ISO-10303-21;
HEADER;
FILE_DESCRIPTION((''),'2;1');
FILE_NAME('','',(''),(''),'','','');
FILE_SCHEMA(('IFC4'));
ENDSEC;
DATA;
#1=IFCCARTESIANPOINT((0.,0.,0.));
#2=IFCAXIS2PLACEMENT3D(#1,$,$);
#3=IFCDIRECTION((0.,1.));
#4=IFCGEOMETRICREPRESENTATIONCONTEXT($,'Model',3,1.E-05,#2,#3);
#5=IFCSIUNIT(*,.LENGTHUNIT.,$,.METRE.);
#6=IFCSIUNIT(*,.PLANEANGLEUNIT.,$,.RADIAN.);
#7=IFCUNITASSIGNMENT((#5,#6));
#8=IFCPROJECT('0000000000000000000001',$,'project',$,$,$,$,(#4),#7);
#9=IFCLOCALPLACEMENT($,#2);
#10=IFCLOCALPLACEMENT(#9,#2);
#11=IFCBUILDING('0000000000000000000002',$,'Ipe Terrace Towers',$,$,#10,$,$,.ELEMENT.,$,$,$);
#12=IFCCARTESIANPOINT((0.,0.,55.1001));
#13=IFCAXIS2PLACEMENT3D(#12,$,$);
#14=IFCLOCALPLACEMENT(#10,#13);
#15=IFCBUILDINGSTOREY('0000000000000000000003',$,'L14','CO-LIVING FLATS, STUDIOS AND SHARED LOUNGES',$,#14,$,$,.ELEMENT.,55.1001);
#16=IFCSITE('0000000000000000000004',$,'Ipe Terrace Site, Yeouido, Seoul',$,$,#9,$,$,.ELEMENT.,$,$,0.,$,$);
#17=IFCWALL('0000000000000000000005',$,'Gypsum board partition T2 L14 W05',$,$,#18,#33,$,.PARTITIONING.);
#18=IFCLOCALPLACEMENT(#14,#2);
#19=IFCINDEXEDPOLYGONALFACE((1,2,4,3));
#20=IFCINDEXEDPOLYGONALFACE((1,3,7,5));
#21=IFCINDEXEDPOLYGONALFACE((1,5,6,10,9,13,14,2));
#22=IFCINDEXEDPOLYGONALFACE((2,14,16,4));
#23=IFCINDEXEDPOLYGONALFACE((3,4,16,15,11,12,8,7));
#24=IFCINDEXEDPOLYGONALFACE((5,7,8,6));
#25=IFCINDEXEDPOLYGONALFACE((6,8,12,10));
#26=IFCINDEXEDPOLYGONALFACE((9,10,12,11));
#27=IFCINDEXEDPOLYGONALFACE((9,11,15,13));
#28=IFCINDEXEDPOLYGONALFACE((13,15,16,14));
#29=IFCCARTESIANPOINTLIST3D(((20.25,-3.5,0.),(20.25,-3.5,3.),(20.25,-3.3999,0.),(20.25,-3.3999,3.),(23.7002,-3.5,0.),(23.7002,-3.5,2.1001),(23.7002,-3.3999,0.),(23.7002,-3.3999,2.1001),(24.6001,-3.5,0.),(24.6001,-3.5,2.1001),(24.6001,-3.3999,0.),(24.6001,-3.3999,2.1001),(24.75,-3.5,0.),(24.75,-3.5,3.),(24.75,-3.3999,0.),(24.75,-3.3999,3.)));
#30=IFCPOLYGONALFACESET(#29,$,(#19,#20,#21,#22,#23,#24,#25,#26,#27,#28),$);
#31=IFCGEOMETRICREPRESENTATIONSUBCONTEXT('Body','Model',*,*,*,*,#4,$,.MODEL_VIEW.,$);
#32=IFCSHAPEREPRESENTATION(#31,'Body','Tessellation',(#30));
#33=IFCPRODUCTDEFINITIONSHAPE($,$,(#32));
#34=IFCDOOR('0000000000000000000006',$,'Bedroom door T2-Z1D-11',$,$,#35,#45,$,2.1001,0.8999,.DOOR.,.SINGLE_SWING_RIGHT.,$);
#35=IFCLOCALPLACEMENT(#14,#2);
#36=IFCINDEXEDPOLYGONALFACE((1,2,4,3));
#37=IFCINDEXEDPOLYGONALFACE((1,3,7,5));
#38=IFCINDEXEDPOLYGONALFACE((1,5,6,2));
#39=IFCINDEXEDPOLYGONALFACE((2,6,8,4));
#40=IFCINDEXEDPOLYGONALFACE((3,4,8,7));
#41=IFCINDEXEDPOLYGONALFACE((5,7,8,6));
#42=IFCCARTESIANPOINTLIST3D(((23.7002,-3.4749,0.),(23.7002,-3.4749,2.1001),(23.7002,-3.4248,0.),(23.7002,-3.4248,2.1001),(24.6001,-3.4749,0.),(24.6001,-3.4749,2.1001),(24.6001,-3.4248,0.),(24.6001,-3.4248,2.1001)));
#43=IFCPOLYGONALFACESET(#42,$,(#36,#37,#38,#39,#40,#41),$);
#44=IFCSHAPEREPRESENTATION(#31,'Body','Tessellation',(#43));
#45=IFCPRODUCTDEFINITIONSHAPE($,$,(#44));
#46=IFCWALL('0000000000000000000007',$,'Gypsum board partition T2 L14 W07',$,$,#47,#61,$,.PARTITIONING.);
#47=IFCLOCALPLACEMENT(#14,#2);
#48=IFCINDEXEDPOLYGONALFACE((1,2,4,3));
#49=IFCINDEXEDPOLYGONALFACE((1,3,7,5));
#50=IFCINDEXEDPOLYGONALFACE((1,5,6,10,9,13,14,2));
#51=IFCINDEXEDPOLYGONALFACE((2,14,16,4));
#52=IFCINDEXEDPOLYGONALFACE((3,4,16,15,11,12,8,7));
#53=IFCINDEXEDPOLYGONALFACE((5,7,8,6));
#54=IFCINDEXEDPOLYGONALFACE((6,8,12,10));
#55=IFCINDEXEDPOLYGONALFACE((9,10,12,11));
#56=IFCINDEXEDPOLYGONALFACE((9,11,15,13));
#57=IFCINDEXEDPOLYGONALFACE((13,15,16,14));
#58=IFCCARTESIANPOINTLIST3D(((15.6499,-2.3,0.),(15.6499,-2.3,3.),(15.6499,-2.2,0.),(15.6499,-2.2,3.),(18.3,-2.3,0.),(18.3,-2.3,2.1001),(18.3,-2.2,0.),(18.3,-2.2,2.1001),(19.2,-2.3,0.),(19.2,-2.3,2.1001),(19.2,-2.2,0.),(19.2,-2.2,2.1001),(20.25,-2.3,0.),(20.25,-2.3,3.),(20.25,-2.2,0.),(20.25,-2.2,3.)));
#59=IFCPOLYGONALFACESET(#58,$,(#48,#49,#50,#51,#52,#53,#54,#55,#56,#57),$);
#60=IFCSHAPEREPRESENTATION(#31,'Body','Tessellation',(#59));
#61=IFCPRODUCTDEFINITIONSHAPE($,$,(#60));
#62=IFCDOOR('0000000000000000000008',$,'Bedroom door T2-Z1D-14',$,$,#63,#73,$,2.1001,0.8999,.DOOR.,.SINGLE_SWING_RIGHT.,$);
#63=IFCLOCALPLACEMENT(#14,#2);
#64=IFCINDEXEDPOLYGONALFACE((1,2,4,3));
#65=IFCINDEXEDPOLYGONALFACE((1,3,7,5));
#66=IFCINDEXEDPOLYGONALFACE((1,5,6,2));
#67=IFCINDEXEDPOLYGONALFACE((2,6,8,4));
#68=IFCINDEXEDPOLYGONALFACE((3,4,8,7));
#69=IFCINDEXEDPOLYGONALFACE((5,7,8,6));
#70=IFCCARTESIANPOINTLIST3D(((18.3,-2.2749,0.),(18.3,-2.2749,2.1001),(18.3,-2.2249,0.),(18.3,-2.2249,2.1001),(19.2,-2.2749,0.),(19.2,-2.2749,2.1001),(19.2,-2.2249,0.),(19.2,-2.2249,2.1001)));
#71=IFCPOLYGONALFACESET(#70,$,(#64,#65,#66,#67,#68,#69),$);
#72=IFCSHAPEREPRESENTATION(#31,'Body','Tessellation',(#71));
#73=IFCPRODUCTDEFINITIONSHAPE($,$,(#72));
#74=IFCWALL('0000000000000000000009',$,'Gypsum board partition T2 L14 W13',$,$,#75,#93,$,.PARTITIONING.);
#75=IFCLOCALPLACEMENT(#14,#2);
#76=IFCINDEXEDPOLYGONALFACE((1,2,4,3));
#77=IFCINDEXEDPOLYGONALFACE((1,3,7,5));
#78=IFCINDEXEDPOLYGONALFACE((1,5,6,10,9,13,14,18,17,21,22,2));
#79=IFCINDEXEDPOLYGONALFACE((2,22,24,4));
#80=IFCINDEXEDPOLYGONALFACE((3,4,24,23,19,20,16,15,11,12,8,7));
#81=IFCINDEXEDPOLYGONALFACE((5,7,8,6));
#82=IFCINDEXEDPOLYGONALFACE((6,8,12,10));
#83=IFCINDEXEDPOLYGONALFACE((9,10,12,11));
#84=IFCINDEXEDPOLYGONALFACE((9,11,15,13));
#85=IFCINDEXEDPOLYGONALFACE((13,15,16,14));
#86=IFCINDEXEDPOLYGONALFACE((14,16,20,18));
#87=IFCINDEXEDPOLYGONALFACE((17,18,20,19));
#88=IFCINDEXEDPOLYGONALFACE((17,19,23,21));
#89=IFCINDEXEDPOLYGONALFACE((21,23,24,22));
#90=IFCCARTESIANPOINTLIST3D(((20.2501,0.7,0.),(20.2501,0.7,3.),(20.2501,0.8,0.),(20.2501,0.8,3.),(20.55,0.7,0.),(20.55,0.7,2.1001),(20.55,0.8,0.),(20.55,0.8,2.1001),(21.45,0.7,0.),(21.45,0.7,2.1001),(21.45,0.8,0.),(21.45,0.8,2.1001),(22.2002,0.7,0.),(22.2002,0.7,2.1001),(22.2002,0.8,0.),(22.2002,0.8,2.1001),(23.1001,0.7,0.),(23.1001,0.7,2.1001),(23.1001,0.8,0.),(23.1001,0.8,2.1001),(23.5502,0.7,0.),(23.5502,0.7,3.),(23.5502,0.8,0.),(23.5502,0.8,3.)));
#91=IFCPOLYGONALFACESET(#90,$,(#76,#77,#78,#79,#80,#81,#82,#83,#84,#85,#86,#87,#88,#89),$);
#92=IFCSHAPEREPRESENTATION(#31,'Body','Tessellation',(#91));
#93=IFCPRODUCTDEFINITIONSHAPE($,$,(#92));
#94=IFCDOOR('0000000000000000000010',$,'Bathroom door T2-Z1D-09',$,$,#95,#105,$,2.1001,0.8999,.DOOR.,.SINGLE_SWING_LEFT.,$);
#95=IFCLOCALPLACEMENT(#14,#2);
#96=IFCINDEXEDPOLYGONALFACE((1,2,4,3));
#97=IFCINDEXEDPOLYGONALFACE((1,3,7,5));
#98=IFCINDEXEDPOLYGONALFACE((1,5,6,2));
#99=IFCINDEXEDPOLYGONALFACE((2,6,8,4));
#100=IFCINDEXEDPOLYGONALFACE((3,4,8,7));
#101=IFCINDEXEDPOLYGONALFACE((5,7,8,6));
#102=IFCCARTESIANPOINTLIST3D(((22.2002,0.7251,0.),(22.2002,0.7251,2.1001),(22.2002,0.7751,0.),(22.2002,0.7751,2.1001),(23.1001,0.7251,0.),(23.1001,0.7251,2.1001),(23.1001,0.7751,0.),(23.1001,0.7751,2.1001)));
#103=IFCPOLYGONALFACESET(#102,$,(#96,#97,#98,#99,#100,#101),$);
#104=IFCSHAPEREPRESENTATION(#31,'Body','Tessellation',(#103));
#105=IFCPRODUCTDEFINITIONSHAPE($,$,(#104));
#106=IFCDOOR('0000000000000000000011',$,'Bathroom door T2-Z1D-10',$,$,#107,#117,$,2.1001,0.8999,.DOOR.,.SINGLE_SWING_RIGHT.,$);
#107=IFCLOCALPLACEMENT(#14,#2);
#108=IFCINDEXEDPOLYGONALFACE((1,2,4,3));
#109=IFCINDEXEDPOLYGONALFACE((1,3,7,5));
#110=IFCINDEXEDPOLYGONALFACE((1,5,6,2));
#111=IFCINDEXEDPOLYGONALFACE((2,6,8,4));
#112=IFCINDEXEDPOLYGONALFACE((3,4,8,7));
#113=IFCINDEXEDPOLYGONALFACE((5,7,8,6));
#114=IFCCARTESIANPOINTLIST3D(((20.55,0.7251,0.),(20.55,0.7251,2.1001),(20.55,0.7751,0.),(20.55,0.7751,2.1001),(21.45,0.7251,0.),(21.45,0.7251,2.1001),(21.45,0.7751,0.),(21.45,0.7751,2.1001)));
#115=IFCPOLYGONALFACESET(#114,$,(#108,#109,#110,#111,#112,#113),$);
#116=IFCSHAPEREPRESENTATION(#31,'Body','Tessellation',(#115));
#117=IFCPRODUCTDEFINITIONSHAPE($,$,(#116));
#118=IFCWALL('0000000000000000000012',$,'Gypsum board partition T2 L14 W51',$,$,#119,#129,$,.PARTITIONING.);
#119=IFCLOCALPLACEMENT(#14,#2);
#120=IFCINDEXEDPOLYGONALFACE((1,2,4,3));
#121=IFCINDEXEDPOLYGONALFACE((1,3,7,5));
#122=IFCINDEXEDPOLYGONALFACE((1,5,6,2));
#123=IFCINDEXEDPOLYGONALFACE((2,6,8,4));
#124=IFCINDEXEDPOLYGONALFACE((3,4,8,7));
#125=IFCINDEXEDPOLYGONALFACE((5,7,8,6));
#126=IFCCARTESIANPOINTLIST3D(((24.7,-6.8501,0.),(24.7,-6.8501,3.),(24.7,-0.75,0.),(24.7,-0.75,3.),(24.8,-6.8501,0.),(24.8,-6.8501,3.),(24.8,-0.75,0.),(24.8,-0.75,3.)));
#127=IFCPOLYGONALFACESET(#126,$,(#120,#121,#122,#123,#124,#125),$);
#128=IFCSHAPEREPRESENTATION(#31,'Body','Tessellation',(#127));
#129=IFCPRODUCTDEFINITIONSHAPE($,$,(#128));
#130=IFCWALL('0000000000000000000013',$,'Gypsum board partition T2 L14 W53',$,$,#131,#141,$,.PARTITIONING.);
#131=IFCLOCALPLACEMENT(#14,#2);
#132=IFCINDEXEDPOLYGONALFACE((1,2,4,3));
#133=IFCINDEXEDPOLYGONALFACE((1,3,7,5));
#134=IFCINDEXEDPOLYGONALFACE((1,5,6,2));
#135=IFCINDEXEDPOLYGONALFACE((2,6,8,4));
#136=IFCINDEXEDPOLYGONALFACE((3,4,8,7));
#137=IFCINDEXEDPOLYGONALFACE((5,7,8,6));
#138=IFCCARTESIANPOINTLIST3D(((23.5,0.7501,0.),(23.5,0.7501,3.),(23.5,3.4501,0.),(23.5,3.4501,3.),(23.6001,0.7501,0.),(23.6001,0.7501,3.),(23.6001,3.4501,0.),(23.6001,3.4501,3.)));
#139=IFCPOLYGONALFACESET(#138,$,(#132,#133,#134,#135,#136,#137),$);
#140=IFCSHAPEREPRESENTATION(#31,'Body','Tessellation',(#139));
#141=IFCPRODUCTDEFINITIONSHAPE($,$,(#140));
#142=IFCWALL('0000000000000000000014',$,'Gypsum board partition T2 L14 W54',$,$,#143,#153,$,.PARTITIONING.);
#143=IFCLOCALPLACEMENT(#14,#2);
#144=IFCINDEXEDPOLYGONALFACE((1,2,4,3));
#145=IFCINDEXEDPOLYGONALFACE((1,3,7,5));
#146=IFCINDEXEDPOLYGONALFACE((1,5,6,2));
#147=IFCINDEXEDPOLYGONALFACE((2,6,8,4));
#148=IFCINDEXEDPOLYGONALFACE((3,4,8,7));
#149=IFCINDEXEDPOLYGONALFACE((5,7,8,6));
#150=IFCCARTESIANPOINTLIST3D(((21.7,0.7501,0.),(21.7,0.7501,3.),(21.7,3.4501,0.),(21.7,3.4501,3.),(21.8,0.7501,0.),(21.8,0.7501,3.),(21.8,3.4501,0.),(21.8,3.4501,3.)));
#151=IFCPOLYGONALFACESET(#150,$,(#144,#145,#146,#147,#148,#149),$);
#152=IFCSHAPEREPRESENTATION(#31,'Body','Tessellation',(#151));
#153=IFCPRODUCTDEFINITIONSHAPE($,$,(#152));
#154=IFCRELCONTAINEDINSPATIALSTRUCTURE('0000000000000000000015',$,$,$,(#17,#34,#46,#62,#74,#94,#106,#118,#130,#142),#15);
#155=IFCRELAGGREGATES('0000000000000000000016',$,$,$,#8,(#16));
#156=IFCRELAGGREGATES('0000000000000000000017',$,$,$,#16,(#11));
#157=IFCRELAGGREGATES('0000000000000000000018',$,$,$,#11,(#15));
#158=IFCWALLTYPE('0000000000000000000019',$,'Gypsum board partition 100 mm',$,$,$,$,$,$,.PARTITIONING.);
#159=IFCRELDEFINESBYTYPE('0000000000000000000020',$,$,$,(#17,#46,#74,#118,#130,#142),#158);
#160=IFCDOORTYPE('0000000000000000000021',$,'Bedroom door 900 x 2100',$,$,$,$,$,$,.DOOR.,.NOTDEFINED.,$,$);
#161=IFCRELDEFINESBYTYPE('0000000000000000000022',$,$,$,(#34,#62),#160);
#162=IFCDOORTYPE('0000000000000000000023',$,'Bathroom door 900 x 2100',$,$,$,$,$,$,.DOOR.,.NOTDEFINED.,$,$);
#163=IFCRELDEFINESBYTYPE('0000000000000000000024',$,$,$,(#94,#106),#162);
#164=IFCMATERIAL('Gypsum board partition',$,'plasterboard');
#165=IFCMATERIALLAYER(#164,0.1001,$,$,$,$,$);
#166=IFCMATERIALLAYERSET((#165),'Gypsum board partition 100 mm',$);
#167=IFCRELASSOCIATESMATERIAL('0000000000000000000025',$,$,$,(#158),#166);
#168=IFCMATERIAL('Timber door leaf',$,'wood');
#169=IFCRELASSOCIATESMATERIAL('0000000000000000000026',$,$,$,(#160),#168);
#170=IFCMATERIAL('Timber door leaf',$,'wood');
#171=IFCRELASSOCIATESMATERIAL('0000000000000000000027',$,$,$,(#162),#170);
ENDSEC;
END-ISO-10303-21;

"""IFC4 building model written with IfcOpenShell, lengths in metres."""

from ifc_helpers import new_model, si_unit, direction, frame, frame_2d, origin, place, context, subcontext, project, spatial, rectangle, extrude, material, layer, layer_set, type_object, element, fill, save


model = new_model("IFC4")

# Units and contexts
model_context = context("Model", 3, precision=1e-05, world=origin(), true_north=direction((0.0, 1.0)))
body_context = subcontext(model_context, "Body", "Model", "MODEL_VIEW")
ifc_project = project(units=[si_unit("LENGTHUNIT", "METRE"), si_unit("PLANEANGLEUNIT", "RADIAN")], contexts=[model_context])

# Site, building, storey
site_placement = place(None, origin())
site = spatial("IfcSite", under=ifc_project, at=site_placement, Name="Ipe Terrace Site, Yeouido, Seoul", CompositionType="ELEMENT", RefElevation=0.0)
building_placement = place(site_placement, origin())
building = spatial("IfcBuilding", under=site, at=building_placement, Name="Ipe Terrace Towers", CompositionType="ELEMENT")
storey_placement = place(building_placement, frame((0.0, 0.0, 55.1001)))
storey = spatial("IfcBuildingStorey", under=building, at=storey_placement, Name="L14", Description="CO-LIVING FLATS, STUDIOS AND SHARED LOUNGES", CompositionType="ELEMENT", Elevation=55.1001)

# Walls, openings, doors
ifc_material_1 = material(Name="Gypsum board partition", Category="plasterboard")
ifc_layer_1 = layer(ifc_material_1, 0.1001)
ifc_layer_set_1 = layer_set([ifc_layer_1], Name="Gypsum board partition 100 mm")
wall_type_1 = type_object("IfcWallType", Name="Gypsum board partition 100 mm", PredefinedType="PARTITIONING", material=ifc_layer_set_1)
wall_1_placement = place(storey_placement, frame((24.75, -3.45, 0.0), z_axis=(0.0, 0.0, 1.0), x_axis=(-1.0, 0.0, 0.0)))
wall_1 = element("IfcWall", 1, at=wall_1_placement, inside=storey, type_object=wall_type_1, Name="Gypsum board partition T2 L14 W05", PredefinedType="PARTITIONING", context=body_context, shape_type="SweptSolid", body=[
    extrude(rectangle(XDim=4.5, YDim=0.1001, at=frame_2d((2.25, 0.0))), origin(), (0.0, 0.0, 1.0), 3.0),
])
opening_1_placement = place(wall_1_placement, frame((0.1499, 0.0, 0.0)))
opening_1 = element("IfcOpeningElement", 2, at=opening_1_placement, cuts=wall_1, PredefinedType="OPENING", context=body_context, shape_type="SweptSolid", body=[
    extrude(rectangle(XDim=0.8999, YDim=2.1001, at=frame_2d((0.45, 1.05))), frame((0.0, 0.0601, 0.0), z_axis=(0.0, -1.0, 0.0), x_axis=(1.0, 0.0, 0.0)), (0.0, 0.0, 1.0), 0.1201),
])
ifc_material_2 = material(Name="Timber door leaf", Category="wood")
door_type_1 = type_object("IfcDoorType", Name="Bedroom door 900 x 2100", OperationType="NOTDEFINED", PredefinedType="DOOR", material=ifc_material_2)
door_1_placement = place(opening_1_placement, origin())
door_1 = element("IfcDoor", 3, at=door_1_placement, inside=storey, type_object=door_type_1, Name="Bedroom door T2-Z1D-11", OperationType="SINGLE_SWING_RIGHT", OverallHeight=2.1001, OverallWidth=0.8999, PredefinedType="DOOR", context=body_context, shape_type="SweptSolid", body=[
    extrude(rectangle(XDim=0.8999, YDim=2.1001, at=frame_2d((0.45, 1.05))), frame((0.0, 0.0249, 0.0), z_axis=(0.0, -1.0, 0.0), x_axis=(1.0, 0.0, 0.0)), (0.0, 0.0, 1.0), 0.05),
])
fill(opening_1, door_1)
wall_2_placement = place(storey_placement, frame((20.25, -2.25, 0.0), z_axis=(0.0, 0.0, 1.0), x_axis=(-1.0, 0.0, 0.0)))
wall_2 = element("IfcWall", 4, at=wall_2_placement, inside=storey, type_object=wall_type_1, Name="Gypsum board partition T2 L14 W07", PredefinedType="PARTITIONING", context=body_context, shape_type="SweptSolid", body=[
    extrude(rectangle(XDim=4.6001, YDim=0.1001, at=frame_2d((2.3, 0.0))), origin(), (0.0, 0.0, 1.0), 3.0),
])
opening_2_placement = place(wall_2_placement, frame((1.05, 0.0, 0.0)))
opening_2 = element("IfcOpeningElement", 5, at=opening_2_placement, cuts=wall_2, PredefinedType="OPENING", context=body_context, shape_type="SweptSolid", body=[
    extrude(rectangle(XDim=0.8999, YDim=2.1001, at=frame_2d((0.45, 1.05))), frame((0.0, 0.0601, 0.0), z_axis=(0.0, -1.0, 0.0), x_axis=(1.0, 0.0, 0.0)), (0.0, 0.0, 1.0), 0.1201),
])
door_2_placement = place(opening_2_placement, origin())
door_2 = element("IfcDoor", 6, at=door_2_placement, inside=storey, type_object=door_type_1, Name="Bedroom door T2-Z1D-14", OperationType="SINGLE_SWING_RIGHT", OverallHeight=2.1001, OverallWidth=0.8999, PredefinedType="DOOR", context=body_context, shape_type="SweptSolid", body=[
    extrude(rectangle(XDim=0.8999, YDim=2.1001, at=frame_2d((0.45, 1.05))), frame((0.0, 0.0249, 0.0), z_axis=(0.0, -1.0, 0.0), x_axis=(1.0, 0.0, 0.0)), (0.0, 0.0, 1.0), 0.05),
])
fill(opening_2, door_2)

# Wall, openings, doors
wall_3_placement = place(storey_placement, frame((23.55, 0.75, 0.0), z_axis=(0.0, 0.0, 1.0), x_axis=(-1.0, 0.0, 0.0)))
wall_3 = element("IfcWall", 7, at=wall_3_placement, inside=storey, type_object=wall_type_1, Name="Gypsum board partition T2 L14 W13", PredefinedType="PARTITIONING", context=body_context, shape_type="SweptSolid", body=[
    extrude(rectangle(XDim=3.3, YDim=0.1001, at=frame_2d((1.6499, 0.0))), origin(), (0.0, 0.0, 1.0), 3.0),
])
opening_3_placement = place(wall_3_placement, frame((0.45, 0.0, 0.0)))
opening_3 = element("IfcOpeningElement", 8, at=opening_3_placement, cuts=wall_3, PredefinedType="OPENING", context=body_context, shape_type="SweptSolid", body=[
    extrude(rectangle(XDim=0.8999, YDim=2.1001, at=frame_2d((0.45, 1.05))), frame((0.0, 0.0601, 0.0), z_axis=(0.0, -1.0, 0.0), x_axis=(1.0, 0.0, 0.0)), (0.0, 0.0, 1.0), 0.1201),
])
opening_4_placement = place(wall_3_placement, frame((2.1001, 0.0, 0.0)))
opening_4 = element("IfcOpeningElement", 9, at=opening_4_placement, cuts=wall_3, PredefinedType="OPENING", context=body_context, shape_type="SweptSolid", body=[
    extrude(rectangle(XDim=0.8999, YDim=2.1001, at=frame_2d((0.45, 1.05))), frame((0.0, 0.0601, 0.0), z_axis=(0.0, -1.0, 0.0), x_axis=(1.0, 0.0, 0.0)), (0.0, 0.0, 1.0), 0.1201),
])
ifc_material_3 = material(Name="Timber door leaf", Category="wood")
door_type_2 = type_object("IfcDoorType", Name="Bathroom door 900 x 2100", OperationType="NOTDEFINED", PredefinedType="DOOR", material=ifc_material_3)
door_3_placement = place(opening_3_placement, origin())
door_3 = element("IfcDoor", 10, at=door_3_placement, inside=storey, type_object=door_type_2, Name="Bathroom door T2-Z1D-09", OperationType="SINGLE_SWING_LEFT", OverallHeight=2.1001, OverallWidth=0.8999, PredefinedType="DOOR", context=body_context, shape_type="SweptSolid", body=[
    extrude(rectangle(XDim=0.8999, YDim=2.1001, at=frame_2d((0.45, 1.05))), frame((0.0, 0.0249, 0.0), z_axis=(0.0, -1.0, 0.0), x_axis=(1.0, 0.0, 0.0)), (0.0, 0.0, 1.0), 0.05),
])
fill(opening_3, door_3)
door_4_placement = place(opening_4_placement, origin())
door_4 = element("IfcDoor", 11, at=door_4_placement, inside=storey, type_object=door_type_2, Name="Bathroom door T2-Z1D-10", OperationType="SINGLE_SWING_RIGHT", OverallHeight=2.1001, OverallWidth=0.8999, PredefinedType="DOOR", context=body_context, shape_type="SweptSolid", body=[
    extrude(rectangle(XDim=0.8999, YDim=2.1001, at=frame_2d((0.45, 1.05))), frame((0.0, 0.0249, 0.0), z_axis=(0.0, -1.0, 0.0), x_axis=(1.0, 0.0, 0.0)), (0.0, 0.0, 1.0), 0.05),
])
fill(opening_4, door_4)

# Walls
wall_4_placement = place(storey_placement, frame((24.75, -6.8501, 0.0), z_axis=(0.0, 0.0, 1.0), x_axis=(0.0, 1.0, 0.0)))
element("IfcWall", 12, at=wall_4_placement, inside=storey, type_object=wall_type_1, Name="Gypsum board partition T2 L14 W51", PredefinedType="PARTITIONING", context=body_context, shape_type="SweptSolid", body=[
    extrude(rectangle(XDim=6.1001, YDim=0.1001, at=frame_2d((3.05, 0.0))), origin(), (0.0, 0.0, 1.0), 3.0),
])
for number, where, z_axis, x_axis, name in (
    (13, (23.55, 0.75, 0.0), (0.0, 0.0, 1.0), (0.0, 1.0, 0.0), "Gypsum board partition T2 L14 W53"),
    (14, (21.75, 0.75, 0.0), (0.0, 0.0, 1.0), (0.0, 1.0, 0.0), "Gypsum board partition T2 L14 W54"),
):
    element("IfcWall", number, at=place(storey_placement, frame(where, z_axis=z_axis, x_axis=x_axis)), inside=storey, type_object=wall_type_1, Name=name, PredefinedType="PARTITIONING", context=body_context, shape_type="SweptSolid", body=[
        extrude(rectangle(XDim=2.7, YDim=0.1001, at=frame_2d((1.3501, 0.0))), origin(), (0.0, 0.0, 1.0), 3.0),
    ])

save(model, "model.ifc")
